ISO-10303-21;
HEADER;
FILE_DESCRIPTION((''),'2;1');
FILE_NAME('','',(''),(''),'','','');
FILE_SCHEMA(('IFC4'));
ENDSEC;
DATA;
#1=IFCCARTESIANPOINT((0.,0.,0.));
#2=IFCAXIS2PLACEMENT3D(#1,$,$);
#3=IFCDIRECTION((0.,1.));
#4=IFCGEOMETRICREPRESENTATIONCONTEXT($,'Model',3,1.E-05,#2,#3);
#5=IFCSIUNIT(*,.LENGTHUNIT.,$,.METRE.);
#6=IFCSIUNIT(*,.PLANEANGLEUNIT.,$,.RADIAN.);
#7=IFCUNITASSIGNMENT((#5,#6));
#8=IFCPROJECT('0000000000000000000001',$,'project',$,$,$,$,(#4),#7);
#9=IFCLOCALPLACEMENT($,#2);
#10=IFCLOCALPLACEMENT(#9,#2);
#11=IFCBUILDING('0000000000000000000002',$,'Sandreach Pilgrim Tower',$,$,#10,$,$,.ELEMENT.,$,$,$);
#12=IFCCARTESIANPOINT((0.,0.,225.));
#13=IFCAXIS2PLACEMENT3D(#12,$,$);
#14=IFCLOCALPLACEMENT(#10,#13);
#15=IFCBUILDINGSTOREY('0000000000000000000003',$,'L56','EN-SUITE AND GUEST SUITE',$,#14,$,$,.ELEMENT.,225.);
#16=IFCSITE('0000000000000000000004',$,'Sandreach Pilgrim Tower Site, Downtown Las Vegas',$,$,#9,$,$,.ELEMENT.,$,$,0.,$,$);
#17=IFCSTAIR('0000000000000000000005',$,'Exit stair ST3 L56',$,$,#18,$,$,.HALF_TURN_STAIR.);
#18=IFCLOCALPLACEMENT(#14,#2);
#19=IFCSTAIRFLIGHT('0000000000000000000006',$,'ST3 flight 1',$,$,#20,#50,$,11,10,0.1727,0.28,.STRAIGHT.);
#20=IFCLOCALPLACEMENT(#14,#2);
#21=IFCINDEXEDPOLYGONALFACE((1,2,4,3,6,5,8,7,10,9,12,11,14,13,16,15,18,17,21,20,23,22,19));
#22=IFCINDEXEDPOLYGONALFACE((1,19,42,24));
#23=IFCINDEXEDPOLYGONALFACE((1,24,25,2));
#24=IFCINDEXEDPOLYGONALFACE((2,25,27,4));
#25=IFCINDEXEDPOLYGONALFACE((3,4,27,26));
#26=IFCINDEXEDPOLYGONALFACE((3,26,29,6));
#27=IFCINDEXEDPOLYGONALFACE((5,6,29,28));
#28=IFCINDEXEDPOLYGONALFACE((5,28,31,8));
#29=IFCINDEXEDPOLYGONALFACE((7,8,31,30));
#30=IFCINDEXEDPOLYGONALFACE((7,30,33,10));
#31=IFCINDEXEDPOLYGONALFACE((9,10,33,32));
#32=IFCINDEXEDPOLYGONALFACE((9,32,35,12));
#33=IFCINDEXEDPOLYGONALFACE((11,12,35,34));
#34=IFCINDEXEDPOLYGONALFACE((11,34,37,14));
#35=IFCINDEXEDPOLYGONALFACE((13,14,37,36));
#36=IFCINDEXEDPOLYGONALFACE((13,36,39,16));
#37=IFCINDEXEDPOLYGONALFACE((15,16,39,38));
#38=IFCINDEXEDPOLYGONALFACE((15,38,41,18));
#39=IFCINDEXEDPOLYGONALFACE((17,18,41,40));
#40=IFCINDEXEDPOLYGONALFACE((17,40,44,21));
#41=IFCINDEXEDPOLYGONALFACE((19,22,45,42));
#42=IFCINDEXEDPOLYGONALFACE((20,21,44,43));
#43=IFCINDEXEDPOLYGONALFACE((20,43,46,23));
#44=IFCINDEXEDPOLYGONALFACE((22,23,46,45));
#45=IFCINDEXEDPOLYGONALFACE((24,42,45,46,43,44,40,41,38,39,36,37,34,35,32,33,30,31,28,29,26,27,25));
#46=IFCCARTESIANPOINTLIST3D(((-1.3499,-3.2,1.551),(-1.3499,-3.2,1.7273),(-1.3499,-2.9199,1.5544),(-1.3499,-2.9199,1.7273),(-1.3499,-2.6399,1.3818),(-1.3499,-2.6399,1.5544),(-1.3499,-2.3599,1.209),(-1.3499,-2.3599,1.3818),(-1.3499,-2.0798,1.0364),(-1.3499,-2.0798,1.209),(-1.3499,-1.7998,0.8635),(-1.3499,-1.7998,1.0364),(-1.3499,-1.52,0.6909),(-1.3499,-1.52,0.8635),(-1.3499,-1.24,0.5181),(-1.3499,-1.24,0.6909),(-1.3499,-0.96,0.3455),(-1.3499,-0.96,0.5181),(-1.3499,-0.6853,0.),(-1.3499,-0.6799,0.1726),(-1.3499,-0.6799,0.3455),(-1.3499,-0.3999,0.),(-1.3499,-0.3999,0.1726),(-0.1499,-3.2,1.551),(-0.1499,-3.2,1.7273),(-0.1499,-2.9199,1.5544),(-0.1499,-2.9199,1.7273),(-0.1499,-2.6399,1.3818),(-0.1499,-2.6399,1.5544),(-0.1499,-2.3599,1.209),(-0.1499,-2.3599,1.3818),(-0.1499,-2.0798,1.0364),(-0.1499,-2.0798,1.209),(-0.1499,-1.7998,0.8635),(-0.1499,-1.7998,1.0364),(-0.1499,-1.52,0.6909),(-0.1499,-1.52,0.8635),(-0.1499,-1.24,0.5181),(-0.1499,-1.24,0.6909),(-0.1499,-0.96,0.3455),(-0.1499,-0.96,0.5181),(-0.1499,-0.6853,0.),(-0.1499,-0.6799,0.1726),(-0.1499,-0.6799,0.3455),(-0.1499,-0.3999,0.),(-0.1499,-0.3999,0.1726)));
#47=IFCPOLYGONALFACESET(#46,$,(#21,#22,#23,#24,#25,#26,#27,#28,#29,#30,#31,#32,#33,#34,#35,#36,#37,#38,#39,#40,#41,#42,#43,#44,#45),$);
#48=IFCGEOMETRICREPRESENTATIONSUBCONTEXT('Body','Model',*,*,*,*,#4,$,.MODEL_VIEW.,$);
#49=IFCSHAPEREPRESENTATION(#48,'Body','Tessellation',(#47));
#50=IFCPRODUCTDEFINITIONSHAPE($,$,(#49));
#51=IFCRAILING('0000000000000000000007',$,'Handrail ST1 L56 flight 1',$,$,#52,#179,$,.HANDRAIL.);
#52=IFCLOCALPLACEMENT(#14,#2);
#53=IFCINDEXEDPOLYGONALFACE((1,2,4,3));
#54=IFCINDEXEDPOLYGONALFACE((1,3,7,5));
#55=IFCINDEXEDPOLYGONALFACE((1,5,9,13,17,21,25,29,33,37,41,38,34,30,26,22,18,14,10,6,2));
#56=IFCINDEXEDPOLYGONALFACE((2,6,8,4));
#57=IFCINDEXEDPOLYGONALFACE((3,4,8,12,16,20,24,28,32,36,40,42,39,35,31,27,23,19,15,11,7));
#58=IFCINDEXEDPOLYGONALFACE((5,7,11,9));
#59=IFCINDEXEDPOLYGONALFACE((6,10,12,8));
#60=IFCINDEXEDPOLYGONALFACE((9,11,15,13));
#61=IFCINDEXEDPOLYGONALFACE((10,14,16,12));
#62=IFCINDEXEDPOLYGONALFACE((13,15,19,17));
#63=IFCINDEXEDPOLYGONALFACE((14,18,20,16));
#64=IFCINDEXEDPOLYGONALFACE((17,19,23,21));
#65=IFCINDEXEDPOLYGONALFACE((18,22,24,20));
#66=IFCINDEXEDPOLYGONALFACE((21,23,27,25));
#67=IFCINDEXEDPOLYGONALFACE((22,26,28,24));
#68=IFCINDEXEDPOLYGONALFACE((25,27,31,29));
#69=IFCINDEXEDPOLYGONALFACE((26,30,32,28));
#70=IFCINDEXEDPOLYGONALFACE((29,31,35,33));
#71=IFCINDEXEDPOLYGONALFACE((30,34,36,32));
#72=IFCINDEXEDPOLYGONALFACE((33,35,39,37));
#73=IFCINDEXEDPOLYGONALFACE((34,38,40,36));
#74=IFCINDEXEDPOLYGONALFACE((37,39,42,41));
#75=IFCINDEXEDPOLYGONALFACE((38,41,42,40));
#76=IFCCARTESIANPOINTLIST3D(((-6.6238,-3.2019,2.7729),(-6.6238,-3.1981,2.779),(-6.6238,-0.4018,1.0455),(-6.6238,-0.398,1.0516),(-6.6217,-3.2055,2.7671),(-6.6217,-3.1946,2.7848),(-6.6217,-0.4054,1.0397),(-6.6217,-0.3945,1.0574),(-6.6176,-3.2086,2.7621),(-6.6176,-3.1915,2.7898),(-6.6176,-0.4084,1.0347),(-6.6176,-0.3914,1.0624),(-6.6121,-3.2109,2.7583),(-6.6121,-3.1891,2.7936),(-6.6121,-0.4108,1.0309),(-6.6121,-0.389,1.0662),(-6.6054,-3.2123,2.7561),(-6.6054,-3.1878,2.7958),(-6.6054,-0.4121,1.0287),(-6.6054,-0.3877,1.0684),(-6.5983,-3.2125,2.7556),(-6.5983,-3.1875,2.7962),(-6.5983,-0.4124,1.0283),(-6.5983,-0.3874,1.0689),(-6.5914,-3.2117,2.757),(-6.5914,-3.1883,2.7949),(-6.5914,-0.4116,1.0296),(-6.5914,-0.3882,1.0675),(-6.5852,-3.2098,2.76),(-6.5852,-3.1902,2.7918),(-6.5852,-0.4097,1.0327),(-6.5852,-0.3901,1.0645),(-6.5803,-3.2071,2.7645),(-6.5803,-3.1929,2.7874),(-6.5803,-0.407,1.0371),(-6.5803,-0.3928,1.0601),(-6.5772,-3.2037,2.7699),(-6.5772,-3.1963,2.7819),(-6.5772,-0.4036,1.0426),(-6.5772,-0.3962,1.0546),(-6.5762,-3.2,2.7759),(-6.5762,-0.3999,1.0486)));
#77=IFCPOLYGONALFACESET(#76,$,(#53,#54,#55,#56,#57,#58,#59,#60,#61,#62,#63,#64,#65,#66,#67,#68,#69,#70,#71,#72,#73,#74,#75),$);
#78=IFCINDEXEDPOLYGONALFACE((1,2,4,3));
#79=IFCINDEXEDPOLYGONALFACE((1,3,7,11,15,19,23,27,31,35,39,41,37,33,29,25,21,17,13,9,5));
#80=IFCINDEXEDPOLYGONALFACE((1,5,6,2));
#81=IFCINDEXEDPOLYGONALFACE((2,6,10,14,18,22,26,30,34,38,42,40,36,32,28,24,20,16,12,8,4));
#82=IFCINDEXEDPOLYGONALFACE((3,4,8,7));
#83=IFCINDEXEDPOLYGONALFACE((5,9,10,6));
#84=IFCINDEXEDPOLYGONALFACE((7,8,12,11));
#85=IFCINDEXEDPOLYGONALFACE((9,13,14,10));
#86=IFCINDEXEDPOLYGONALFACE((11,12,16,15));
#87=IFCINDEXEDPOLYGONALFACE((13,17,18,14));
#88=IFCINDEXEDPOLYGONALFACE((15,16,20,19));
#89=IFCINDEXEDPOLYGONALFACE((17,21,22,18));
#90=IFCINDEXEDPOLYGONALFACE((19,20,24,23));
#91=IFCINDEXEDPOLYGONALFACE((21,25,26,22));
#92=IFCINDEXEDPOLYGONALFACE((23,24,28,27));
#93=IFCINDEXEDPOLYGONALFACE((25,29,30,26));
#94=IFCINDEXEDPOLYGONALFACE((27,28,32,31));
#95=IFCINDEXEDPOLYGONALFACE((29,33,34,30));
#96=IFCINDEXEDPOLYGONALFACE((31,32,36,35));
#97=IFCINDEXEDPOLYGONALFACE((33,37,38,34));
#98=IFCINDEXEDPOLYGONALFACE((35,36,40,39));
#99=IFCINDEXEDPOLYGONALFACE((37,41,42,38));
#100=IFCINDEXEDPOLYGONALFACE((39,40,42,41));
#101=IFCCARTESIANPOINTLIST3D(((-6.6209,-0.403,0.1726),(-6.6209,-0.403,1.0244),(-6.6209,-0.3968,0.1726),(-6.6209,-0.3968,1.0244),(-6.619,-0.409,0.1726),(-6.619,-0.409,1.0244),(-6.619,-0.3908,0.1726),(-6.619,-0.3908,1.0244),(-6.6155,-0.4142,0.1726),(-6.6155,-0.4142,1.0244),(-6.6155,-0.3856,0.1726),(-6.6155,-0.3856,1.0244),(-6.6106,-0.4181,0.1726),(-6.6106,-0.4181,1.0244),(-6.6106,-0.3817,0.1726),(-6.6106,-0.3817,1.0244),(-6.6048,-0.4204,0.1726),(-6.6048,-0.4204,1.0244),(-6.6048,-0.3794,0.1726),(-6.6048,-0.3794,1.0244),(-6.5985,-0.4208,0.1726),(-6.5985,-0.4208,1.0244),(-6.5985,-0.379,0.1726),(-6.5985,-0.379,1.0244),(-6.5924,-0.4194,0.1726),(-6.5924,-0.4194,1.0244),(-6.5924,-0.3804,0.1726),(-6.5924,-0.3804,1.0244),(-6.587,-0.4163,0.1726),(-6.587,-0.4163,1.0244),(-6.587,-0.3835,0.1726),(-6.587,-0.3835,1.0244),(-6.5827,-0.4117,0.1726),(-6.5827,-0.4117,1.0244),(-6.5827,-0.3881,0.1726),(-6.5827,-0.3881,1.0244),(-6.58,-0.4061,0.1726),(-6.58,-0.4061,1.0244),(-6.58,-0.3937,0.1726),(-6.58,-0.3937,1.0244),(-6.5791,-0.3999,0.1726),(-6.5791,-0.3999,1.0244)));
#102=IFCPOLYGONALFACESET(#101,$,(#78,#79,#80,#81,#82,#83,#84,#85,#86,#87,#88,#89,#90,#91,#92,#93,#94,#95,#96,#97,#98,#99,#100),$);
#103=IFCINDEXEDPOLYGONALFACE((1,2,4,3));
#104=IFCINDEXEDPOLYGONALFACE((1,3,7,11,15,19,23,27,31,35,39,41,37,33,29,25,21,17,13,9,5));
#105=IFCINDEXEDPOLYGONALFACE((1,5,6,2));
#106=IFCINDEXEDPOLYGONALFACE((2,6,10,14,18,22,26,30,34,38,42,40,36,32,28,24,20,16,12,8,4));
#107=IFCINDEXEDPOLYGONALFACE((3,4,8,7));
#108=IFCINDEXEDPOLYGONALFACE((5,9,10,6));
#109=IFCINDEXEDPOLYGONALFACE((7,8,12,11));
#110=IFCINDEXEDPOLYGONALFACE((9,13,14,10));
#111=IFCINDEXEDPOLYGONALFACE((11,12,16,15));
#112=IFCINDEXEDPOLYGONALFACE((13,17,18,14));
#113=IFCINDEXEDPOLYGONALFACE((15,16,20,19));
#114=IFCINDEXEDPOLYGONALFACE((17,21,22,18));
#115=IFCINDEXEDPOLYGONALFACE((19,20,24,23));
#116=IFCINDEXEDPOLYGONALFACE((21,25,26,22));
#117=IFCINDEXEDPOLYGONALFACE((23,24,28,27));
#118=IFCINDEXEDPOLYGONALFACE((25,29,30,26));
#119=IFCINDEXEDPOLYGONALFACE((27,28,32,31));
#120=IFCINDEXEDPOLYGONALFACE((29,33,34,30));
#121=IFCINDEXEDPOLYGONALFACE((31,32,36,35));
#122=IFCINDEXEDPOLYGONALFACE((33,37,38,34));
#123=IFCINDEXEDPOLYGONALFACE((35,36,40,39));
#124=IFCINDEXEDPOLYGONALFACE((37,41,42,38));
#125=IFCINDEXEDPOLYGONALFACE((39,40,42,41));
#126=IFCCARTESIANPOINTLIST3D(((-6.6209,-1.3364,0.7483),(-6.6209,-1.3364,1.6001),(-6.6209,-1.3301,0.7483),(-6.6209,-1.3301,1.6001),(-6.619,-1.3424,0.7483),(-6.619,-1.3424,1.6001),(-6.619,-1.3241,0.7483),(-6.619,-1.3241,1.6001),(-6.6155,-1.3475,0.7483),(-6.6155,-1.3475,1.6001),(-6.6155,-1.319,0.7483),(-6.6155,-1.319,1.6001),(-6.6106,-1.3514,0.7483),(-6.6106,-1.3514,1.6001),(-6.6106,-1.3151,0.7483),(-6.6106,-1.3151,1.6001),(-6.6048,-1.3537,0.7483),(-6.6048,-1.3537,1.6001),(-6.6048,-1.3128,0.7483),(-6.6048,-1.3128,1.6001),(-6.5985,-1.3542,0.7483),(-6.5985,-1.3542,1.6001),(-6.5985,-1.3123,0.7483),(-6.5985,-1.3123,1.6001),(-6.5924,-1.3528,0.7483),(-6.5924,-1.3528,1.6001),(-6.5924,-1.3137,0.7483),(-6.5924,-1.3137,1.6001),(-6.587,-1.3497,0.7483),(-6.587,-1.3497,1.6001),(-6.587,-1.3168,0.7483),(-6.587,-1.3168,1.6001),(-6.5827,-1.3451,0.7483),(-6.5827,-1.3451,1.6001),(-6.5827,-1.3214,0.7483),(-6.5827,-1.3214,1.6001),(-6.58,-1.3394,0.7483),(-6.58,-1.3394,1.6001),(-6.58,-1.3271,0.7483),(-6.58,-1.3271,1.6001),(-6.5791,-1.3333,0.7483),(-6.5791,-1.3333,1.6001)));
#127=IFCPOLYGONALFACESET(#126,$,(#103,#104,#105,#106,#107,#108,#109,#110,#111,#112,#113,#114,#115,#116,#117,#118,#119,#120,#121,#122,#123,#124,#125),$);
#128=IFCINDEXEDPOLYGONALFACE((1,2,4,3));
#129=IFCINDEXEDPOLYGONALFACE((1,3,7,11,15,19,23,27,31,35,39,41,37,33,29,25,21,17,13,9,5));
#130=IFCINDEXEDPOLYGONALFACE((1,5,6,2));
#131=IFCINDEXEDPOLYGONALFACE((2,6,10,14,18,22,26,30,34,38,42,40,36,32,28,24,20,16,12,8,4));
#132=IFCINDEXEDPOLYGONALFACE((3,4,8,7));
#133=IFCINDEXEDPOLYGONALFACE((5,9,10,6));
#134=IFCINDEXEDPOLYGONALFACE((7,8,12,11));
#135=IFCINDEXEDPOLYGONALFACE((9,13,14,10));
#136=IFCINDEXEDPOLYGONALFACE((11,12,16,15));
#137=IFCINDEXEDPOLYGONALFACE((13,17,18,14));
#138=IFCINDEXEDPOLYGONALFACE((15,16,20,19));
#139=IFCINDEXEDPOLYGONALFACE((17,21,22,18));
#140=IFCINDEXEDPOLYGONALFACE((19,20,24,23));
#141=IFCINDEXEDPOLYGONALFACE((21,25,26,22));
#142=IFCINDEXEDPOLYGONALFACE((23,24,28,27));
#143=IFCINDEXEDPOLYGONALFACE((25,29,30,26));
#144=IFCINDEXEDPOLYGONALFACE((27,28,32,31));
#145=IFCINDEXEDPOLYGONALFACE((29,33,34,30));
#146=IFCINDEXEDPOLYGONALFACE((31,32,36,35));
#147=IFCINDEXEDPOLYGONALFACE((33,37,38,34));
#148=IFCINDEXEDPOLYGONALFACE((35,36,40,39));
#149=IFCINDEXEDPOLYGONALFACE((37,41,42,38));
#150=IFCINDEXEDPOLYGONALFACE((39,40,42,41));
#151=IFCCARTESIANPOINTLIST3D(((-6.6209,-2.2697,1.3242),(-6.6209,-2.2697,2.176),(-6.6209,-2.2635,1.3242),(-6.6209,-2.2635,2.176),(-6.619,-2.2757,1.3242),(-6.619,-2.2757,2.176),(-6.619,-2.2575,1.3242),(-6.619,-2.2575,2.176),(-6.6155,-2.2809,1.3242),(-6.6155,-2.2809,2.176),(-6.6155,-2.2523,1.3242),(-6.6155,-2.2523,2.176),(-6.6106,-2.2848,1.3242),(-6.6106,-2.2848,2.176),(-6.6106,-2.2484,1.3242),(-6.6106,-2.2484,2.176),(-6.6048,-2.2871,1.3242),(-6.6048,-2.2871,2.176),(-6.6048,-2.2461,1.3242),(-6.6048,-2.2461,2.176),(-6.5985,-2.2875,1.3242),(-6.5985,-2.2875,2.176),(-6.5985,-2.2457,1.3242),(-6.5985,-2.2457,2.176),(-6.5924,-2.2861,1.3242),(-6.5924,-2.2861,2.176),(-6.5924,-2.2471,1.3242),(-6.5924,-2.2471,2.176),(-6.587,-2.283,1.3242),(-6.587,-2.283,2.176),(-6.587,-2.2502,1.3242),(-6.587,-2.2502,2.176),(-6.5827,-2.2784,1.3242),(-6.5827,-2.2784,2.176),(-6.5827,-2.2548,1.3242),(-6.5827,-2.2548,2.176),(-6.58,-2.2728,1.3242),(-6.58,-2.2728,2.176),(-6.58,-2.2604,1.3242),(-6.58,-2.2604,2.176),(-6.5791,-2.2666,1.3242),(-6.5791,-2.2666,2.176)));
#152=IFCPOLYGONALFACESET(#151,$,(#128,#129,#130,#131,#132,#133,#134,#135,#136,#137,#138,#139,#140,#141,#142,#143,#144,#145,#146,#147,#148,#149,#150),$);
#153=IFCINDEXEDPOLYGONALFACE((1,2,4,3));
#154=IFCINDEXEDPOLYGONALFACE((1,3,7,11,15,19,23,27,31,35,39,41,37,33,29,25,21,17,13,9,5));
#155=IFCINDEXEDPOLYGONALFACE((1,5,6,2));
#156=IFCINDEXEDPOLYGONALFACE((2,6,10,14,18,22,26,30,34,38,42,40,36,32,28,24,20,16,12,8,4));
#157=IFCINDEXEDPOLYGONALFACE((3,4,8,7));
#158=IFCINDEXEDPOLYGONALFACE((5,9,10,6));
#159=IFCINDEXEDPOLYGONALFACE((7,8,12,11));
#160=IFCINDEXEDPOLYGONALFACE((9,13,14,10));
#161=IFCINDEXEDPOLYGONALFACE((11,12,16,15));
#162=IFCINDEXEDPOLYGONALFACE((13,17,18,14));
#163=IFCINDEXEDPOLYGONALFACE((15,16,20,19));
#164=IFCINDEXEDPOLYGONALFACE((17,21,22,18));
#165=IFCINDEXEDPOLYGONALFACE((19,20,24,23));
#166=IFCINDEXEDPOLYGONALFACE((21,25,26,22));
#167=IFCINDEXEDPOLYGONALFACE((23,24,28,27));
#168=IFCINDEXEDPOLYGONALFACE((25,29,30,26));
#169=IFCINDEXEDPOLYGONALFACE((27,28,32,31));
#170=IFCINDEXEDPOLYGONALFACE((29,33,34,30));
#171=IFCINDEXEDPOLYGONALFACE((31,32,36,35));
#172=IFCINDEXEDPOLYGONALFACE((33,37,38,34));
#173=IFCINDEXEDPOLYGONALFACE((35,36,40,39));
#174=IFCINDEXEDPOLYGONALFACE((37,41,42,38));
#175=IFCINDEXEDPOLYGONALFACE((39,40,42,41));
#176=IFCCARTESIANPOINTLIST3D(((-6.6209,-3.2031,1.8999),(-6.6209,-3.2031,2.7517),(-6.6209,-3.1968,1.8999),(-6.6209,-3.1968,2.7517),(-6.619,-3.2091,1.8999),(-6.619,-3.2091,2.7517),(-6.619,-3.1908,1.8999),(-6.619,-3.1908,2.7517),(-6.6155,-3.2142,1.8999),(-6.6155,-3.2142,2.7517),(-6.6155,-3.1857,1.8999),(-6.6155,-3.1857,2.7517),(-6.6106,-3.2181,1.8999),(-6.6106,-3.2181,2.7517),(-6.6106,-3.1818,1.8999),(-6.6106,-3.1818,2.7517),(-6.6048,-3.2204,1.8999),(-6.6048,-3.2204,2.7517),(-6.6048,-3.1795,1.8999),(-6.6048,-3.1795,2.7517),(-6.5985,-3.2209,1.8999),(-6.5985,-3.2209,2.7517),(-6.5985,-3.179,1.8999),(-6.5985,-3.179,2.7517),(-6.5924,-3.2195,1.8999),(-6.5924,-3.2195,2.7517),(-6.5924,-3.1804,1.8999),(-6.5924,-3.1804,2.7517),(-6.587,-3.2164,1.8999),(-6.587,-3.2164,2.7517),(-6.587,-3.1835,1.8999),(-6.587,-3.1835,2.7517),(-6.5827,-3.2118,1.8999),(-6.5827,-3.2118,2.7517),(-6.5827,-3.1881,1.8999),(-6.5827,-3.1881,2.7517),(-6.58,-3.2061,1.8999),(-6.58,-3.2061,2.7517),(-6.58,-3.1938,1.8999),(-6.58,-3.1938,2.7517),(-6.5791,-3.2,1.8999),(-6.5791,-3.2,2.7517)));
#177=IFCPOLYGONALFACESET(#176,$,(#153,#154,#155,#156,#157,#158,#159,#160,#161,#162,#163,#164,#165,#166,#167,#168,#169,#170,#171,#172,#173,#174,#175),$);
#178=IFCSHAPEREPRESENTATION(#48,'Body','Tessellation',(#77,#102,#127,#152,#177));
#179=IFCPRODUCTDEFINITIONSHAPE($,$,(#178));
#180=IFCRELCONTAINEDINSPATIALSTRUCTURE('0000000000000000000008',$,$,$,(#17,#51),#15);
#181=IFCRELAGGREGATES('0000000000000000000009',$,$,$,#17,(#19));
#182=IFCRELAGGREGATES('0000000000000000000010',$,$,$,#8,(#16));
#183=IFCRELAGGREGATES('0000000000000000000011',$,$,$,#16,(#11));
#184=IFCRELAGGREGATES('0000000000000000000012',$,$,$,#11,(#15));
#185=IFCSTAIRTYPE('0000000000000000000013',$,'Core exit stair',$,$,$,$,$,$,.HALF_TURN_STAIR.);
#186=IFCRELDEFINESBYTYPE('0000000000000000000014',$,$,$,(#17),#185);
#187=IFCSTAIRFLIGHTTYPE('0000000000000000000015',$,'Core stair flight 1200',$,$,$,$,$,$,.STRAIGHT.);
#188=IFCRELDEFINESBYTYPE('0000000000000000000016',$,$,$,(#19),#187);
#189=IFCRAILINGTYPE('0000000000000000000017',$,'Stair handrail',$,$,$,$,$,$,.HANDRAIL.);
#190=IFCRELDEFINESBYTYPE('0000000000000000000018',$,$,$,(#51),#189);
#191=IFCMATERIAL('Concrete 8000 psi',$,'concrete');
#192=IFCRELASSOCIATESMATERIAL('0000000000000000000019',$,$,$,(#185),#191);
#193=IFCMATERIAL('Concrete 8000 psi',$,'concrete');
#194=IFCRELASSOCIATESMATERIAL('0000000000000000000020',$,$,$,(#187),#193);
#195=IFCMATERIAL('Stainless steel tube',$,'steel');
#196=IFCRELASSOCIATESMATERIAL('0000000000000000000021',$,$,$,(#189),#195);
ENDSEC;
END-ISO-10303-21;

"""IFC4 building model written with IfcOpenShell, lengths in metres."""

from ifc_helpers import new_model, si_unit, direction, frame, origin, origin_2d, place, context, subcontext, project, spatial, polyline, circle, outline, extrude, material, type_object, element, aggregate, save


model = new_model("IFC4")

# Units and contexts
model_context = context("Model", 3, precision=1e-05, world=origin(), true_north=direction((0.0, 1.0)))
body_context = subcontext(model_context, "Body", "Model", "MODEL_VIEW")
ifc_project = project(units=[si_unit("LENGTHUNIT", "METRE"), si_unit("PLANEANGLEUNIT", "RADIAN")], contexts=[model_context])

# Site, building, storey
site_placement = place(None, origin())
site = spatial("IfcSite", under=ifc_project, at=site_placement, Name="Sandreach Pilgrim Tower Site, Downtown Las Vegas", CompositionType="ELEMENT", RefElevation=0.0)
building_placement = place(site_placement, origin())
building = spatial("IfcBuilding", under=site, at=building_placement, Name="Sandreach Pilgrim Tower", CompositionType="ELEMENT")
storey_placement = place(building_placement, frame((0.0, 0.0, 225.0)))
storey = spatial("IfcBuildingStorey", under=building, at=storey_placement, Name="L56", Description="EN-SUITE AND GUEST SUITE", CompositionType="ELEMENT", Elevation=225.0)

# Shared definitions
ifc_material_1 = material(Name="Concrete 8000 psi", Category="concrete")
stair_type = type_object("IfcStairType", Name="Core exit stair", PredefinedType="HALF_TURN_STAIR", material=ifc_material_1)
ifc_material_2 = material(Name="Concrete 8000 psi", Category="concrete")
stair_flight_type = type_object("IfcStairFlightType", Name="Core stair flight 1200", PredefinedType="STRAIGHT", material=ifc_material_2)

# Stair, stair flight
stair_1_placement = place(storey_placement, origin())
stair_1 = element("IfcStair", 1, at=stair_1_placement, inside=storey, type_object=stair_type, Name="Exit stair ST3 L56", PredefinedType="HALF_TURN_STAIR")
stair_flight_1_placement = place(storey_placement, frame((-0.75, -0.3999, 0.0), z_axis=(0.0, 0.0, 1.0), x_axis=(0.0, -1.0, 0.0)))
stair_flight_1 = element("IfcStairFlight", 2, at=stair_flight_1_placement, type_object=stair_flight_type, Name="ST3 flight 1", NumberOfRisers=11, NumberOfTreads=10, PredefinedType="STRAIGHT", RiserHeight=0.1727, TreadLength=0.28, context=body_context, shape_type="SweptSolid", body=[
    extrude(outline(polyline([(0.0, 0.0), (0.0, 0.1726), (0.28, 0.1726), (0.28, 0.3455), (0.5601, 0.3455), (0.5601, 0.5181), (0.8401, 0.5181), (0.8401, 0.6909), (1.1201, 0.6909), (1.1201, 0.8635), (1.3999, 0.8635), (1.3999, 1.0364), (1.6799, 1.0364), (1.6799, 1.209), (1.96, 1.209), (1.96, 1.3818), (2.24, 1.3818), (2.24, 1.5544), (2.52, 1.5544), (2.52, 1.7273), (2.8, 1.7273), (2.8, 1.8999), (2.8, 1.551), (0.2854, 0.0), (0.0, 0.0)])), frame((0.0, 0.6001, 0.0), z_axis=(0.0, -1.0, 0.0), x_axis=(1.0, 0.0, 0.0)), (0.0, 0.0, 1.0), 1.2),
])
aggregate(stair_1, [stair_flight_1])

# Railing
ifc_material_3 = material(Name="Stainless steel tube", Category="steel")
railing_type = type_object("IfcRailingType", Name="Stair handrail", PredefinedType="HANDRAIL", material=ifc_material_3)
railing_placement = place(storey_placement, frame((-6.6001, -0.3999, 0.1726)))
element("IfcRailing", 3, at=railing_placement, inside=storey, type_object=railing_type, Name="Handrail ST1 L56 flight 1", PredefinedType="HANDRAIL", context=body_context, shape_type="SweptSolid", body=[
    extrude(circle(Radius=0.0239, at=origin_2d()), frame((0.0, 0.0, 0.876), z_axis=(0.0, -0.85109, 0.52502), x_axis=(1.0, 0.0, 0.0)), (0.0, 0.0, 1.0), 3.29),
    extrude(circle(Radius=0.021, at=origin_2d()), origin(), (0.0, 0.0, 1.0), 0.8518),
    extrude(circle(Radius=0.021, at=origin_2d()), frame((0.0, -0.9333, 0.5757)), (0.0, 0.0, 1.0), 0.8518),
    extrude(circle(Radius=0.021, at=origin_2d()), frame((0.0, -1.8667, 1.1516)), (0.0, 0.0, 1.0), 0.8518),
    extrude(circle(Radius=0.021, at=origin_2d()), frame((0.0, -2.8, 1.7273)), (0.0, 0.0, 1.0), 0.8518),
])

save(model, "model.ifc")
